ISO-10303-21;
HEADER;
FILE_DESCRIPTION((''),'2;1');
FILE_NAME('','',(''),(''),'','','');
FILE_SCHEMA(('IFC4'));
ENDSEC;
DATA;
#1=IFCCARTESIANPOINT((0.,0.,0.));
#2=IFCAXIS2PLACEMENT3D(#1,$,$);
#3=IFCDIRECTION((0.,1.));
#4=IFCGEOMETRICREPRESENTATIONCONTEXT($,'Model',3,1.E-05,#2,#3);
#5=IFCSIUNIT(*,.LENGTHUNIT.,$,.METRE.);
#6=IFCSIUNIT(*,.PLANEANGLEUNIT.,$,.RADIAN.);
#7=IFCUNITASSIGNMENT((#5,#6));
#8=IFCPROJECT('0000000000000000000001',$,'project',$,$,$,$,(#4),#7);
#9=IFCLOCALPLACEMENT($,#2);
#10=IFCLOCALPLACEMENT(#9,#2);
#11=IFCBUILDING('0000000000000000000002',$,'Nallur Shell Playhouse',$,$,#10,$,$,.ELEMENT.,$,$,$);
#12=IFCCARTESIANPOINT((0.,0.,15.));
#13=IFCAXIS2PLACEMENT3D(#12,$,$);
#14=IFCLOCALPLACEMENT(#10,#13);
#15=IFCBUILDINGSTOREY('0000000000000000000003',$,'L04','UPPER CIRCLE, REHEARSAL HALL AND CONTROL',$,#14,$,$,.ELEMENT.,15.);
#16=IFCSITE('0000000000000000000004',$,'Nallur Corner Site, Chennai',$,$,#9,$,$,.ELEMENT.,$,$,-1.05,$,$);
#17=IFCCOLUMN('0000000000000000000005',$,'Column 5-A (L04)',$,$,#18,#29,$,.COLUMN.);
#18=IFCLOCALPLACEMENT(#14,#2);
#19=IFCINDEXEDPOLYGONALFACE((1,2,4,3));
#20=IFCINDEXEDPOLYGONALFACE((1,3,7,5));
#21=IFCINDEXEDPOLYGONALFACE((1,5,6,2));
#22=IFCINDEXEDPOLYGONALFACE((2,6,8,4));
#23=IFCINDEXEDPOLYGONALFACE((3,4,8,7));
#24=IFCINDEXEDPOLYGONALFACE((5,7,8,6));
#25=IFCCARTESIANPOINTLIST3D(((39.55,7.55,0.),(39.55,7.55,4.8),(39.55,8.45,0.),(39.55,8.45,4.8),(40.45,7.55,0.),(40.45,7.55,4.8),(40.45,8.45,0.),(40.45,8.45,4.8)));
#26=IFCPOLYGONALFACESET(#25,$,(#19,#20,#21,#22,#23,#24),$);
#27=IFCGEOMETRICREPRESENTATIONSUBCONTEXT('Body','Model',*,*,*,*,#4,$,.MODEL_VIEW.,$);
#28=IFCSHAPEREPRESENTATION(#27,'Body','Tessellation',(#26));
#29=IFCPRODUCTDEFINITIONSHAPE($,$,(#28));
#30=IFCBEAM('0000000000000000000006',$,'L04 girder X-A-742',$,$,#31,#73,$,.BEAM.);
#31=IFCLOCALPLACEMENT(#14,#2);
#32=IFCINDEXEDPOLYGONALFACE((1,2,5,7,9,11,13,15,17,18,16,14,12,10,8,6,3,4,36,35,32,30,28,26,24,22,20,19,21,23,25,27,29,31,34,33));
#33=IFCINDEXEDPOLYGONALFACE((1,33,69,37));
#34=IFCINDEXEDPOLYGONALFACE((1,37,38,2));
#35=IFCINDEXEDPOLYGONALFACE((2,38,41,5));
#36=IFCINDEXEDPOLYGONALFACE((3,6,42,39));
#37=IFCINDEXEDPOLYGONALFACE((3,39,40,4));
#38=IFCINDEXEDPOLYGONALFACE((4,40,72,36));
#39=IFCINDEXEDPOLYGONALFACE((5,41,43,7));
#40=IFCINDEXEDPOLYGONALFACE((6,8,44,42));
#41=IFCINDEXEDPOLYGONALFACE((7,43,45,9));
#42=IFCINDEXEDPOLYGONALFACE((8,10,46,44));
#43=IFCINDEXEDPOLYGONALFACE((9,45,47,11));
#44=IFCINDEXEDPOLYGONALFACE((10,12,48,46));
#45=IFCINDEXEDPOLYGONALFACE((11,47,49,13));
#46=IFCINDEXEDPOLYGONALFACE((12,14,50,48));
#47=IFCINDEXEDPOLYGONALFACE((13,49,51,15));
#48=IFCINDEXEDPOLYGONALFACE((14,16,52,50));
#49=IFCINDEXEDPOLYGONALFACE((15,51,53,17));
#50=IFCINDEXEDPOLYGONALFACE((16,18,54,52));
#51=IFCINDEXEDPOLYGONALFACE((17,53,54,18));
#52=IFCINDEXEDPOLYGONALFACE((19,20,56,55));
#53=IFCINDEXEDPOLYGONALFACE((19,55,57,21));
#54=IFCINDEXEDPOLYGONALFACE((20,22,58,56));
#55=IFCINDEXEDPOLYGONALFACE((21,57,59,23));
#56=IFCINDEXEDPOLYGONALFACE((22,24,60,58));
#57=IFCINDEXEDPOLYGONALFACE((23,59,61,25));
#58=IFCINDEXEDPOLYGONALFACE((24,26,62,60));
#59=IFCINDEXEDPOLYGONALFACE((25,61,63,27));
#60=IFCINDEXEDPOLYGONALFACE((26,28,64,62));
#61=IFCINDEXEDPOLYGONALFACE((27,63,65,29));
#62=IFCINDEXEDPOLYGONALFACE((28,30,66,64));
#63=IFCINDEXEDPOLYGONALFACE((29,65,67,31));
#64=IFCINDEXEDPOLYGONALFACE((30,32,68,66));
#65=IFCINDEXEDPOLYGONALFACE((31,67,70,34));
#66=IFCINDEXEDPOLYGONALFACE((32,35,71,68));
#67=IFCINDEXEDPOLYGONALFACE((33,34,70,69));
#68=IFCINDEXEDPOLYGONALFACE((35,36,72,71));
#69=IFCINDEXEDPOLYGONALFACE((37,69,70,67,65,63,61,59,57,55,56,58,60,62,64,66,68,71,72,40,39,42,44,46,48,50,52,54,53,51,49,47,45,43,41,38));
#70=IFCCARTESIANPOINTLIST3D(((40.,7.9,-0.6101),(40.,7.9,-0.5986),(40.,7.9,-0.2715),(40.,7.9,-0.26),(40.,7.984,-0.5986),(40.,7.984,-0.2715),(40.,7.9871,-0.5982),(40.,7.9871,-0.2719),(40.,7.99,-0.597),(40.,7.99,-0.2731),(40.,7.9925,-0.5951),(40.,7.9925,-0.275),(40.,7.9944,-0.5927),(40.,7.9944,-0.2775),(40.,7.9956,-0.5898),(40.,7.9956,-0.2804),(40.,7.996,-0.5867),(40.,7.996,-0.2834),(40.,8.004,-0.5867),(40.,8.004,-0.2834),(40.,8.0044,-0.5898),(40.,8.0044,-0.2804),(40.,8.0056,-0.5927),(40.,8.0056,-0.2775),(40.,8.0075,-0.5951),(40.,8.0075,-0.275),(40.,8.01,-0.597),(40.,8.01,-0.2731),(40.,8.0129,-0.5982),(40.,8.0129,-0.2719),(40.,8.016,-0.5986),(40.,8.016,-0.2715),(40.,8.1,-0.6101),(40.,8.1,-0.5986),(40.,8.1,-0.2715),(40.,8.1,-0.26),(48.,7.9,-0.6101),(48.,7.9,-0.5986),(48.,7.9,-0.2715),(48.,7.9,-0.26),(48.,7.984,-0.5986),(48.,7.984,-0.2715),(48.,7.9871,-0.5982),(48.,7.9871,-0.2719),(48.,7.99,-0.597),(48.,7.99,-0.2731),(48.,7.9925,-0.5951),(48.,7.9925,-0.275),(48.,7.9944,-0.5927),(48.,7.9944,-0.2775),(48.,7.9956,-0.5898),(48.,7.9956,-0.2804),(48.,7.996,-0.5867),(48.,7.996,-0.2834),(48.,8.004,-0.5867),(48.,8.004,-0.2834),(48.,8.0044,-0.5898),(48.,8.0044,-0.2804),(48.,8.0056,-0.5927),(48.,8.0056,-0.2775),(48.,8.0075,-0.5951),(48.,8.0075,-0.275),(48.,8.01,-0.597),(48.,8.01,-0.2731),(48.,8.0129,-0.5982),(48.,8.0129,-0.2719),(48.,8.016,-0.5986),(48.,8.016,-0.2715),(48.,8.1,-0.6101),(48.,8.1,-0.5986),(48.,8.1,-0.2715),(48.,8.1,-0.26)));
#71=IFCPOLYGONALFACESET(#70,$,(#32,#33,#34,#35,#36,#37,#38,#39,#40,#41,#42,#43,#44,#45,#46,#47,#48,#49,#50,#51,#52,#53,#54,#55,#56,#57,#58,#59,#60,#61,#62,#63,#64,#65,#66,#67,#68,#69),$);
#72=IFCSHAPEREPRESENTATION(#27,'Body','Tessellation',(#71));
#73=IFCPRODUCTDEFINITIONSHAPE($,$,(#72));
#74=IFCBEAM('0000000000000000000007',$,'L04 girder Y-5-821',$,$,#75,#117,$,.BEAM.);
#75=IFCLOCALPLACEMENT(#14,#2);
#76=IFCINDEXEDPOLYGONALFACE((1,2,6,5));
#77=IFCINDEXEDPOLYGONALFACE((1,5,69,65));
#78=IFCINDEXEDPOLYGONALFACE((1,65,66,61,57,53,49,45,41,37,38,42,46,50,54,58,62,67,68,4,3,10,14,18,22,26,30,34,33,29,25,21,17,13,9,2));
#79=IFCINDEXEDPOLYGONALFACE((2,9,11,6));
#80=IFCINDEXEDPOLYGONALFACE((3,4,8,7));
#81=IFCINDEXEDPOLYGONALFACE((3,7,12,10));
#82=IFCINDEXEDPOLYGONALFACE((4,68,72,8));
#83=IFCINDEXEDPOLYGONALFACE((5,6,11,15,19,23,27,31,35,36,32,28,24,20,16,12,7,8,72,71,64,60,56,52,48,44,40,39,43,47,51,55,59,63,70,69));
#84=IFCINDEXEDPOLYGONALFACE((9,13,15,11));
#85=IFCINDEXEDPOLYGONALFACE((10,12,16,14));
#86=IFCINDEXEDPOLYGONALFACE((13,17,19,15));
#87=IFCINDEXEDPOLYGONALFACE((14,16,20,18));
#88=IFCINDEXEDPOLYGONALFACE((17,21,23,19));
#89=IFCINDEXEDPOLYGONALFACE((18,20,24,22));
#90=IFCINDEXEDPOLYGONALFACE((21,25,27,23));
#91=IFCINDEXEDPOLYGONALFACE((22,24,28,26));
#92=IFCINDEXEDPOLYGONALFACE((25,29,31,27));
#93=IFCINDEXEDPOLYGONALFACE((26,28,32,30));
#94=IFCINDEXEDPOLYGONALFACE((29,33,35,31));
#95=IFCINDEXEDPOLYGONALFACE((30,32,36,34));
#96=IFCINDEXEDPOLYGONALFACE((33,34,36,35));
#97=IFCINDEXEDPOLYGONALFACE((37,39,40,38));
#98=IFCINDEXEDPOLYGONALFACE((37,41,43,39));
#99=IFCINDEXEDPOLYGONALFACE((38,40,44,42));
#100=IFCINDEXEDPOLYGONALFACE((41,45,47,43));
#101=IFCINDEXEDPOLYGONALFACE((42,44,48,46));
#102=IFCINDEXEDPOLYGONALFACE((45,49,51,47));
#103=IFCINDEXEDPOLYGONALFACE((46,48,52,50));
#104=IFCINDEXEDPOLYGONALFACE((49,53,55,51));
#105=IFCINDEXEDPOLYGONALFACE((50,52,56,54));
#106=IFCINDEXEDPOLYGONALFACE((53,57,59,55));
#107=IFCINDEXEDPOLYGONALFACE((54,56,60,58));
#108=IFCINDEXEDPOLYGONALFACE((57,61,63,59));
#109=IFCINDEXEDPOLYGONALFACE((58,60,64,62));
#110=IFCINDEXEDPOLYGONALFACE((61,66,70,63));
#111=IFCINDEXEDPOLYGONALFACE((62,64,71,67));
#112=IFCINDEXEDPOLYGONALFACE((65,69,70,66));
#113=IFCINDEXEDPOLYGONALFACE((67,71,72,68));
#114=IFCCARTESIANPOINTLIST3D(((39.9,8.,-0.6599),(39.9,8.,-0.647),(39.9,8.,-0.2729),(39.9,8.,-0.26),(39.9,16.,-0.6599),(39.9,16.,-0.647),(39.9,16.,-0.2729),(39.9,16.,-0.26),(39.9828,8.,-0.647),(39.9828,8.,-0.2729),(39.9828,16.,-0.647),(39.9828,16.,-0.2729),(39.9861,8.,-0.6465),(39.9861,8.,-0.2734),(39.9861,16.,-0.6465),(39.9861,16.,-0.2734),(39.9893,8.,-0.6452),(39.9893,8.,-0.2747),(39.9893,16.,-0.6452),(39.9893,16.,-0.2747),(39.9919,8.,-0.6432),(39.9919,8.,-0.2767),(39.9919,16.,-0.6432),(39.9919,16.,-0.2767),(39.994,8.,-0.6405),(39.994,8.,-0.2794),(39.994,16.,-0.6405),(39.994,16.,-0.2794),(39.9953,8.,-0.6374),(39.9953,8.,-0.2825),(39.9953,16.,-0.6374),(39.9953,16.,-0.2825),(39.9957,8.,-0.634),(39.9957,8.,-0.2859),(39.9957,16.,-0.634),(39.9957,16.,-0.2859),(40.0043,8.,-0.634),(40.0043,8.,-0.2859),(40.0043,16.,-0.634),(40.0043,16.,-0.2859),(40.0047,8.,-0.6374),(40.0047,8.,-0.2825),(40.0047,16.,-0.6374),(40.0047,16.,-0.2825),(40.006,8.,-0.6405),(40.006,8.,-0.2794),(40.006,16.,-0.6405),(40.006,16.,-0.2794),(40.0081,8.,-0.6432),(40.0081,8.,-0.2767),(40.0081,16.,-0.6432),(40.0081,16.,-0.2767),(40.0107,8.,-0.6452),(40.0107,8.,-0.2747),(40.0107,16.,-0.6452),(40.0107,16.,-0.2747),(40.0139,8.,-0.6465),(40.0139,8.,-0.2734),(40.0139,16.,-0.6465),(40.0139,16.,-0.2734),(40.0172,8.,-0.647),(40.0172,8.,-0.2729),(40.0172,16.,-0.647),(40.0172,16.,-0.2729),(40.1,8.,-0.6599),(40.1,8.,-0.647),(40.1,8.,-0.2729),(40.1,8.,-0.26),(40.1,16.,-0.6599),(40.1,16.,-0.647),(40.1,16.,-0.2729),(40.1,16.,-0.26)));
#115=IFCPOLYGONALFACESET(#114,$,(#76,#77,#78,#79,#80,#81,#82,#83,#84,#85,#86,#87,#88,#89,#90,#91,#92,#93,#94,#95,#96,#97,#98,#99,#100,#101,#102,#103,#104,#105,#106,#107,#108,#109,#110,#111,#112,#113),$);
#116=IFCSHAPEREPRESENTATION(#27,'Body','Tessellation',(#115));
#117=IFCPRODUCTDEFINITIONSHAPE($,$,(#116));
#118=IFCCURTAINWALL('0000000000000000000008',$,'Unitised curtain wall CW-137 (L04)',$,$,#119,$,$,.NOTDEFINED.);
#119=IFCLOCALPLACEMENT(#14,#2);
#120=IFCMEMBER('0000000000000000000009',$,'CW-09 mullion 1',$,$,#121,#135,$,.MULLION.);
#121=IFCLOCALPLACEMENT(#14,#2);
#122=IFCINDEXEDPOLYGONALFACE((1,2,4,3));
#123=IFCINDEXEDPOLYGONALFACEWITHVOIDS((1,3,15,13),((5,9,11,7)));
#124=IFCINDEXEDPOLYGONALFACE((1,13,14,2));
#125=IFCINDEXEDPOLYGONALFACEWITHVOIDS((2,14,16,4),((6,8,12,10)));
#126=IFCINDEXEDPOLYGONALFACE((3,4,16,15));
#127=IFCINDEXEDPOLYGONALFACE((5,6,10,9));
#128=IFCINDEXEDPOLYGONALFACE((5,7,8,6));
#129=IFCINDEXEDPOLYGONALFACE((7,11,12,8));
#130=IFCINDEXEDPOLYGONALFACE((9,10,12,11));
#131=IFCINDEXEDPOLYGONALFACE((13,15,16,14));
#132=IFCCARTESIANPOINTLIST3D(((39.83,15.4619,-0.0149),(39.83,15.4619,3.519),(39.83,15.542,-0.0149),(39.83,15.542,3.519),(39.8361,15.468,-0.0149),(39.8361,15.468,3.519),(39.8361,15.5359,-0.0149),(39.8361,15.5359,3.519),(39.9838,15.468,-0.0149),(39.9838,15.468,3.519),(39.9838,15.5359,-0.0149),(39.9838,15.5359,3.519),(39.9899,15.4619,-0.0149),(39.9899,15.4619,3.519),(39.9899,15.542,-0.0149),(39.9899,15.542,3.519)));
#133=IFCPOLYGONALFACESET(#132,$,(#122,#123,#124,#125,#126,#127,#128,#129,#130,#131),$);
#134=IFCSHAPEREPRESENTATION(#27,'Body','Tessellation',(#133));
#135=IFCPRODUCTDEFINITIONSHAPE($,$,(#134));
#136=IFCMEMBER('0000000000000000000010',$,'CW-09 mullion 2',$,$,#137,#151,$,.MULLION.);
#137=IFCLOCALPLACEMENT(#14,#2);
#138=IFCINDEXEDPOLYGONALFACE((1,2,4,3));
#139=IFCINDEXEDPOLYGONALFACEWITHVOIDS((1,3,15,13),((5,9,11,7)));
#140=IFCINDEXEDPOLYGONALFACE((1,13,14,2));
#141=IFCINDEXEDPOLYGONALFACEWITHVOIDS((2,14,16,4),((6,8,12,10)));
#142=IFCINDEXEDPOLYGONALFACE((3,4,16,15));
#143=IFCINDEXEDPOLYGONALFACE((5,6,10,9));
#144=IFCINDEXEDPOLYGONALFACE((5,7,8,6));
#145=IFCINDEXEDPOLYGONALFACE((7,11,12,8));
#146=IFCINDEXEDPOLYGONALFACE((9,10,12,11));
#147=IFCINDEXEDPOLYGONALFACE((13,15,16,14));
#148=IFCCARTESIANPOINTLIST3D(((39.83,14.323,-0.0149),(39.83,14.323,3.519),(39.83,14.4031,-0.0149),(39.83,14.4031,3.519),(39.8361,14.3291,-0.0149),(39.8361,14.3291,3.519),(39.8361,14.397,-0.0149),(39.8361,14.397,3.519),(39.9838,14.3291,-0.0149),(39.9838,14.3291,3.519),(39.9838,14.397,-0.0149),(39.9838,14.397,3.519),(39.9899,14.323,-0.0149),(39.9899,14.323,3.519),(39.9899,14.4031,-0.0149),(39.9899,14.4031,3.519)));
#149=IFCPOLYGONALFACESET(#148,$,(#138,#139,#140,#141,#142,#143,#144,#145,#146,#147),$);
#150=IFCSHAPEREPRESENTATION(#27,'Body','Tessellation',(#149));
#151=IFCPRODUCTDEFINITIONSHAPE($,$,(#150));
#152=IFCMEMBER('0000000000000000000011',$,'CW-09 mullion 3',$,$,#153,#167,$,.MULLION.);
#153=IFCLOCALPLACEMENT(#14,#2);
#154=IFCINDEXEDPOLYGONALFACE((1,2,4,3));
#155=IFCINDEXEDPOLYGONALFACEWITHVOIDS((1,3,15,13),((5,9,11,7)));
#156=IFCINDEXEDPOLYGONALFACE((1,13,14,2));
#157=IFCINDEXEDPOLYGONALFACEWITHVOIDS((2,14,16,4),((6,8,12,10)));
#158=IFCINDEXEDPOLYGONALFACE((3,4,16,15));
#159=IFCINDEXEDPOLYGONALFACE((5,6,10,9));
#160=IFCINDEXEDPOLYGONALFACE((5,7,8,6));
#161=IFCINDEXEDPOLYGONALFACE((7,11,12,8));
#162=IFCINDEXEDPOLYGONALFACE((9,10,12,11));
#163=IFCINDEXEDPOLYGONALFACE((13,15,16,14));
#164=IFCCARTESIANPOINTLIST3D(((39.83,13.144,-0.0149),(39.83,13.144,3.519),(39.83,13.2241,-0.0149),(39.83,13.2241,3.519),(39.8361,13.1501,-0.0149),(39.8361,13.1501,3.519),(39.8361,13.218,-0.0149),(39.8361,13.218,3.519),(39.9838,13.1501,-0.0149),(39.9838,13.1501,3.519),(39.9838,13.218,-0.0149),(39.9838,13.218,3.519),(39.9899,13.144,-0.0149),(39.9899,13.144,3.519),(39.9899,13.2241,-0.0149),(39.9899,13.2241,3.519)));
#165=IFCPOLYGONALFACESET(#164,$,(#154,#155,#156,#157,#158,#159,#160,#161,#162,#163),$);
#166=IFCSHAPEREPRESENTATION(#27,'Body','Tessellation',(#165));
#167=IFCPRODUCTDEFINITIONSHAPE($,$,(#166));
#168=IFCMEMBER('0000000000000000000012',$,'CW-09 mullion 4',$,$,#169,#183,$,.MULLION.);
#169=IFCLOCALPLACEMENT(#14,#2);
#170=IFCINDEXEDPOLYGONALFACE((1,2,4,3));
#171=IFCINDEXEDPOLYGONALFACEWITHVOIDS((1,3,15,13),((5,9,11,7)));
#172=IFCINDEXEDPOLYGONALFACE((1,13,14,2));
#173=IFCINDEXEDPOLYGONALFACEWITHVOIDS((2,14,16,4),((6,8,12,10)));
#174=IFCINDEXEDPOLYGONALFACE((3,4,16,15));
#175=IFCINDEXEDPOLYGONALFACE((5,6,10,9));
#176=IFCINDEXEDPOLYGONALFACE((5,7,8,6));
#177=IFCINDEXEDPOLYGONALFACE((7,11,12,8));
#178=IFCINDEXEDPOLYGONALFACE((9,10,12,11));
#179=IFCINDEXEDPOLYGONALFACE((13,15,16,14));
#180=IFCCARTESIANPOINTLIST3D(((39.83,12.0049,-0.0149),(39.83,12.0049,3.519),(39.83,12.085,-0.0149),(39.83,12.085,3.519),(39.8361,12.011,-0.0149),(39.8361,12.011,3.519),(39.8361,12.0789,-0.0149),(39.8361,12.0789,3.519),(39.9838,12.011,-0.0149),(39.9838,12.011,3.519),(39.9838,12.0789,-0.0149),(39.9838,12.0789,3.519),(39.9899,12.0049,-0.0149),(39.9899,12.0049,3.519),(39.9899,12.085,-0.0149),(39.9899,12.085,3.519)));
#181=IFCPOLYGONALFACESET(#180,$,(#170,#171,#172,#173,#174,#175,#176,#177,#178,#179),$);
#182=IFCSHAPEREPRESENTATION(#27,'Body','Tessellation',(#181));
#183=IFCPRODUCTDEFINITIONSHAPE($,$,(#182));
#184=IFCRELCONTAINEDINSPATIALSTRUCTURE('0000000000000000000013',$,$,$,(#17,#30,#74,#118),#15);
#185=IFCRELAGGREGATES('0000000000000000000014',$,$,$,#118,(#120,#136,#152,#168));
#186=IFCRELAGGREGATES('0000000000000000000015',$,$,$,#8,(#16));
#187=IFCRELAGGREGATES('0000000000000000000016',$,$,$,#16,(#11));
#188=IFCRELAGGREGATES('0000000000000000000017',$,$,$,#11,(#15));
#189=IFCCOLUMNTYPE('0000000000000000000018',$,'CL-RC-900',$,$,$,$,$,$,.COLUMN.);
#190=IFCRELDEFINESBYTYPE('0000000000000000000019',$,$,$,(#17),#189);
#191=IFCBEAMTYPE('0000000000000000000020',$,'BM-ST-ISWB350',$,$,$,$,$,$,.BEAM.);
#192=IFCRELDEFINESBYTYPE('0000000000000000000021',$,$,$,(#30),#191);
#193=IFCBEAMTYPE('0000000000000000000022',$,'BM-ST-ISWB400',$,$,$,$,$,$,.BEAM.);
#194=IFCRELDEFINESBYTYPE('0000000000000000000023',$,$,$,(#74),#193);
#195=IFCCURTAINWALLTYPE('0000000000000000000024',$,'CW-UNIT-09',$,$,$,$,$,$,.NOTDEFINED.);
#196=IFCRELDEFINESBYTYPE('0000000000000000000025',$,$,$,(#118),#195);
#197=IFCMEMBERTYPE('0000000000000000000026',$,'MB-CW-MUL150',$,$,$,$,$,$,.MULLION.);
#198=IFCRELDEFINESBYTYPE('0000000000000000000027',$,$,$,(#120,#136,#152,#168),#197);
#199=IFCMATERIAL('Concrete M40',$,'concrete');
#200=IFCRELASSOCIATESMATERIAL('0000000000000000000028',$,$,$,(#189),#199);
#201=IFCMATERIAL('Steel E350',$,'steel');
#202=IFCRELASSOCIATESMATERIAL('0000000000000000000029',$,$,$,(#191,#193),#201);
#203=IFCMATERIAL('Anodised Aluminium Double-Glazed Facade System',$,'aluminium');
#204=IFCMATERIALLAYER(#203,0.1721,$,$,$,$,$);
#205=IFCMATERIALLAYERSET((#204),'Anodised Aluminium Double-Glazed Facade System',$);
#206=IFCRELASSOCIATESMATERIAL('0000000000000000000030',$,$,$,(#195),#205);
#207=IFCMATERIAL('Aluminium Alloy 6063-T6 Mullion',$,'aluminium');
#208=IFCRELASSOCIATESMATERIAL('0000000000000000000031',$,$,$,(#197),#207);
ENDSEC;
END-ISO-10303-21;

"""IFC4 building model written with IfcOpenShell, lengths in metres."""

from ifc_helpers import new_model, si_unit, direction, frame, origin, origin_2d, place, context, subcontext, project, spatial, rectangle, hollow_rectangle, i_section, extrude, material, layer, layer_set, material_profile, profile_set, type_object, element, aggregate, save


model = new_model("IFC4")

# Units and contexts
model_context = context("Model", 3, precision=1e-05, world=origin(), true_north=direction((0.0, 1.0)))
body_context = subcontext(model_context, "Body", "Model", "MODEL_VIEW")
ifc_project = project(units=[si_unit("LENGTHUNIT", "METRE"), si_unit("PLANEANGLEUNIT", "RADIAN")], contexts=[model_context])

# Site, building, storey
site_placement = place(None, origin())
site = spatial("IfcSite", under=ifc_project, at=site_placement, Name="Nallur Corner Site, Chennai", CompositionType="ELEMENT", RefElevation=-1.05)
building_placement = place(site_placement, origin())
building = spatial("IfcBuilding", under=site, at=building_placement, Name="Nallur Shell Playhouse", CompositionType="ELEMENT")
storey_placement = place(building_placement, frame((0.0, 0.0, 15.0)))
storey = spatial("IfcBuildingStorey", under=building, at=storey_placement, Name="L04", Description="UPPER CIRCLE, REHEARSAL HALL AND CONTROL", CompositionType="ELEMENT", Elevation=15.0)

# Column
ifc_material_1 = material(Name="Concrete M40", Category="concrete")
ifc_material_profile_1 = material_profile(ifc_material_1, rectangle(XDim=0.8999, YDim=0.8999, at=origin_2d()), Name="RC 900x900")
ifc_profile_set_1 = profile_set([ifc_material_profile_1], Name="Concrete M40")
column_type = type_object("IfcColumnType", Name="CL-RC-900", PredefinedType="COLUMN", material=ifc_profile_set_1)
column_placement = place(storey_placement, frame((40.0, 8.0, 0.0), z_axis=(0.0, 0.0, 1.0), x_axis=(1.0, 0.0, 0.0)))
element("IfcColumn", 1, at=column_placement, inside=storey, type_object=column_type, Name="Column 5-A (L04)", PredefinedType="COLUMN", context=body_context, shape_type="SweptSolid", body=[
    extrude(rectangle(XDim=0.8999, YDim=0.8999, at=origin_2d()), origin(), (0.0, 0.0, 1.0), 4.8),
])

# Beams
ifc_material_2 = material(Name="Steel E350", Category="steel")
ifc_material_profile_2 = material_profile(ifc_material_2, i_section(OverallWidth=0.2, OverallDepth=0.3501, WebThickness=0.0081, FlangeThickness=0.0115, FilletRadius=0.012, at=origin_2d()), Name="ISWB 350")
ifc_profile_set_2 = profile_set([ifc_material_profile_2], Name="Steel E350")
beam_type_1 = type_object("IfcBeamType", Name="BM-ST-ISWB350", PredefinedType="BEAM", material=ifc_profile_set_2)
beam_1_placement = place(storey_placement, frame((40.0, 8.0, -0.4351), z_axis=(1.0, 0.0, 0.0), x_axis=(0.0, 1.0, 0.0)))
element("IfcBeam", 2, at=beam_1_placement, inside=storey, type_object=beam_type_1, Name="L04 girder X-A-742", PredefinedType="BEAM", context=body_context, shape_type="SweptSolid", body=[
    extrude(i_section(OverallWidth=0.2, OverallDepth=0.3501, WebThickness=0.0081, FlangeThickness=0.0115, FilletRadius=0.012, at=origin_2d()), origin(), (0.0, 0.0, 1.0), 8.0),
])
ifc_material_profile_3 = material_profile(ifc_material_2, i_section(OverallWidth=0.2, OverallDepth=0.3999, WebThickness=0.0085, FlangeThickness=0.0129, FilletRadius=0.0129, at=origin_2d()), Name="ISWB 400")
ifc_profile_set_3 = profile_set([ifc_material_profile_3], Name="Steel E350")
beam_type_2 = type_object("IfcBeamType", Name="BM-ST-ISWB400", PredefinedType="BEAM", material=ifc_profile_set_3)
beam_2_placement = place(storey_placement, frame((40.0, 8.0, -0.46), z_axis=(0.0, 1.0, 0.0), x_axis=(-1.0, 0.0, 0.0)))
element("IfcBeam", 3, at=beam_2_placement, inside=storey, type_object=beam_type_2, Name="L04 girder Y-5-821", PredefinedType="BEAM", context=body_context, shape_type="SweptSolid", body=[
    extrude(i_section(OverallWidth=0.2, OverallDepth=0.3999, WebThickness=0.0085, FlangeThickness=0.0129, FilletRadius=0.0129, at=origin_2d()), origin(), (0.0, 0.0, 1.0), 8.0),
])

# Curtain wall, members
ifc_material_3 = material(Name="Anodised Aluminium Double-Glazed Facade System", Category="aluminium")
ifc_layer_1 = layer(ifc_material_3, 0.1721)
ifc_layer_set_1 = layer_set([ifc_layer_1], Name="Anodised Aluminium Double-Glazed Facade System")
curtain_wall_type_1 = type_object("IfcCurtainWallType", Name="CW-UNIT-09", PredefinedType="NOTDEFINED", material=ifc_layer_set_1)
curtain_wall_1_placement = place(storey_placement, origin())
curtain_wall_1 = element("IfcCurtainWall", 4, at=curtain_wall_1_placement, inside=storey, type_object=curtain_wall_type_1, Name="Unitised curtain wall CW-137 (L04)", PredefinedType="NOTDEFINED")
ifc_material_4 = material(Name="Aluminium Alloy 6063-T6 Mullion", Category="aluminium")
ifc_material_profile_4 = material_profile(ifc_material_4, hollow_rectangle(XDim=0.0801, YDim=0.1599, WallThickness=0.0061, at=origin_2d()), Name="RHS 160x80x6")
ifc_profile_set_4 = profile_set([ifc_material_profile_4], Name="Aluminium Alloy 6063-T6 Mullion")
member_type_1 = type_object("IfcMemberType", Name="MB-CW-MUL150", PredefinedType="MULLION", material=ifc_profile_set_4)
member_1_placement = place(storey_placement, frame((39.9099, 15.502, -0.0149), z_axis=(0.0, 0.0, 1.0), x_axis=(0.0, -1.0, 0.0)))
member_1 = element("IfcMember", 5, at=member_1_placement, type_object=member_type_1, Name="CW-09 mullion 1", PredefinedType="MULLION", context=body_context, shape_type="SweptSolid", body=[
    extrude(hollow_rectangle(XDim=0.0801, YDim=0.1599, WallThickness=0.0061, at=origin_2d()), origin(), (0.0, 0.0, 1.0), 3.5339),
])
member_2_placement = place(storey_placement, frame((39.9099, 14.363, -0.0149), z_axis=(0.0, 0.0, 1.0), x_axis=(0.0, -1.0, 0.0)))
member_2 = element("IfcMember", 6, at=member_2_placement, type_object=member_type_1, Name="CW-09 mullion 2", PredefinedType="MULLION", context=body_context, shape_type="SweptSolid", body=[
    extrude(hollow_rectangle(XDim=0.0801, YDim=0.1599, WallThickness=0.0061, at=origin_2d()), origin(), (0.0, 0.0, 1.0), 3.5339),
])
member_3_placement = place(storey_placement, frame((39.9099, 13.1841, -0.0149), z_axis=(0.0, 0.0, 1.0), x_axis=(0.0, -1.0, 0.0)))
member_3 = element("IfcMember", 7, at=member_3_placement, type_object=member_type_1, Name="CW-09 mullion 3", PredefinedType="MULLION", context=body_context, shape_type="SweptSolid", body=[
    extrude(hollow_rectangle(XDim=0.0801, YDim=0.1599, WallThickness=0.0061, at=origin_2d()), origin(), (0.0, 0.0, 1.0), 3.5339),
])
member_4_placement = place(storey_placement, frame((39.9099, 12.0449, -0.0149), z_axis=(0.0, 0.0, 1.0), x_axis=(0.0, -1.0, 0.0)))
member_4 = element("IfcMember", 8, at=member_4_placement, type_object=member_type_1, Name="CW-09 mullion 4", PredefinedType="MULLION", context=body_context, shape_type="SweptSolid", body=[
    extrude(hollow_rectangle(XDim=0.0801, YDim=0.1599, WallThickness=0.0061, at=origin_2d()), origin(), (0.0, 0.0, 1.0), 3.5339),
])

aggregate(curtain_wall_1, [member_1, member_2, member_3, member_4])

save(model, "model.ifc")
